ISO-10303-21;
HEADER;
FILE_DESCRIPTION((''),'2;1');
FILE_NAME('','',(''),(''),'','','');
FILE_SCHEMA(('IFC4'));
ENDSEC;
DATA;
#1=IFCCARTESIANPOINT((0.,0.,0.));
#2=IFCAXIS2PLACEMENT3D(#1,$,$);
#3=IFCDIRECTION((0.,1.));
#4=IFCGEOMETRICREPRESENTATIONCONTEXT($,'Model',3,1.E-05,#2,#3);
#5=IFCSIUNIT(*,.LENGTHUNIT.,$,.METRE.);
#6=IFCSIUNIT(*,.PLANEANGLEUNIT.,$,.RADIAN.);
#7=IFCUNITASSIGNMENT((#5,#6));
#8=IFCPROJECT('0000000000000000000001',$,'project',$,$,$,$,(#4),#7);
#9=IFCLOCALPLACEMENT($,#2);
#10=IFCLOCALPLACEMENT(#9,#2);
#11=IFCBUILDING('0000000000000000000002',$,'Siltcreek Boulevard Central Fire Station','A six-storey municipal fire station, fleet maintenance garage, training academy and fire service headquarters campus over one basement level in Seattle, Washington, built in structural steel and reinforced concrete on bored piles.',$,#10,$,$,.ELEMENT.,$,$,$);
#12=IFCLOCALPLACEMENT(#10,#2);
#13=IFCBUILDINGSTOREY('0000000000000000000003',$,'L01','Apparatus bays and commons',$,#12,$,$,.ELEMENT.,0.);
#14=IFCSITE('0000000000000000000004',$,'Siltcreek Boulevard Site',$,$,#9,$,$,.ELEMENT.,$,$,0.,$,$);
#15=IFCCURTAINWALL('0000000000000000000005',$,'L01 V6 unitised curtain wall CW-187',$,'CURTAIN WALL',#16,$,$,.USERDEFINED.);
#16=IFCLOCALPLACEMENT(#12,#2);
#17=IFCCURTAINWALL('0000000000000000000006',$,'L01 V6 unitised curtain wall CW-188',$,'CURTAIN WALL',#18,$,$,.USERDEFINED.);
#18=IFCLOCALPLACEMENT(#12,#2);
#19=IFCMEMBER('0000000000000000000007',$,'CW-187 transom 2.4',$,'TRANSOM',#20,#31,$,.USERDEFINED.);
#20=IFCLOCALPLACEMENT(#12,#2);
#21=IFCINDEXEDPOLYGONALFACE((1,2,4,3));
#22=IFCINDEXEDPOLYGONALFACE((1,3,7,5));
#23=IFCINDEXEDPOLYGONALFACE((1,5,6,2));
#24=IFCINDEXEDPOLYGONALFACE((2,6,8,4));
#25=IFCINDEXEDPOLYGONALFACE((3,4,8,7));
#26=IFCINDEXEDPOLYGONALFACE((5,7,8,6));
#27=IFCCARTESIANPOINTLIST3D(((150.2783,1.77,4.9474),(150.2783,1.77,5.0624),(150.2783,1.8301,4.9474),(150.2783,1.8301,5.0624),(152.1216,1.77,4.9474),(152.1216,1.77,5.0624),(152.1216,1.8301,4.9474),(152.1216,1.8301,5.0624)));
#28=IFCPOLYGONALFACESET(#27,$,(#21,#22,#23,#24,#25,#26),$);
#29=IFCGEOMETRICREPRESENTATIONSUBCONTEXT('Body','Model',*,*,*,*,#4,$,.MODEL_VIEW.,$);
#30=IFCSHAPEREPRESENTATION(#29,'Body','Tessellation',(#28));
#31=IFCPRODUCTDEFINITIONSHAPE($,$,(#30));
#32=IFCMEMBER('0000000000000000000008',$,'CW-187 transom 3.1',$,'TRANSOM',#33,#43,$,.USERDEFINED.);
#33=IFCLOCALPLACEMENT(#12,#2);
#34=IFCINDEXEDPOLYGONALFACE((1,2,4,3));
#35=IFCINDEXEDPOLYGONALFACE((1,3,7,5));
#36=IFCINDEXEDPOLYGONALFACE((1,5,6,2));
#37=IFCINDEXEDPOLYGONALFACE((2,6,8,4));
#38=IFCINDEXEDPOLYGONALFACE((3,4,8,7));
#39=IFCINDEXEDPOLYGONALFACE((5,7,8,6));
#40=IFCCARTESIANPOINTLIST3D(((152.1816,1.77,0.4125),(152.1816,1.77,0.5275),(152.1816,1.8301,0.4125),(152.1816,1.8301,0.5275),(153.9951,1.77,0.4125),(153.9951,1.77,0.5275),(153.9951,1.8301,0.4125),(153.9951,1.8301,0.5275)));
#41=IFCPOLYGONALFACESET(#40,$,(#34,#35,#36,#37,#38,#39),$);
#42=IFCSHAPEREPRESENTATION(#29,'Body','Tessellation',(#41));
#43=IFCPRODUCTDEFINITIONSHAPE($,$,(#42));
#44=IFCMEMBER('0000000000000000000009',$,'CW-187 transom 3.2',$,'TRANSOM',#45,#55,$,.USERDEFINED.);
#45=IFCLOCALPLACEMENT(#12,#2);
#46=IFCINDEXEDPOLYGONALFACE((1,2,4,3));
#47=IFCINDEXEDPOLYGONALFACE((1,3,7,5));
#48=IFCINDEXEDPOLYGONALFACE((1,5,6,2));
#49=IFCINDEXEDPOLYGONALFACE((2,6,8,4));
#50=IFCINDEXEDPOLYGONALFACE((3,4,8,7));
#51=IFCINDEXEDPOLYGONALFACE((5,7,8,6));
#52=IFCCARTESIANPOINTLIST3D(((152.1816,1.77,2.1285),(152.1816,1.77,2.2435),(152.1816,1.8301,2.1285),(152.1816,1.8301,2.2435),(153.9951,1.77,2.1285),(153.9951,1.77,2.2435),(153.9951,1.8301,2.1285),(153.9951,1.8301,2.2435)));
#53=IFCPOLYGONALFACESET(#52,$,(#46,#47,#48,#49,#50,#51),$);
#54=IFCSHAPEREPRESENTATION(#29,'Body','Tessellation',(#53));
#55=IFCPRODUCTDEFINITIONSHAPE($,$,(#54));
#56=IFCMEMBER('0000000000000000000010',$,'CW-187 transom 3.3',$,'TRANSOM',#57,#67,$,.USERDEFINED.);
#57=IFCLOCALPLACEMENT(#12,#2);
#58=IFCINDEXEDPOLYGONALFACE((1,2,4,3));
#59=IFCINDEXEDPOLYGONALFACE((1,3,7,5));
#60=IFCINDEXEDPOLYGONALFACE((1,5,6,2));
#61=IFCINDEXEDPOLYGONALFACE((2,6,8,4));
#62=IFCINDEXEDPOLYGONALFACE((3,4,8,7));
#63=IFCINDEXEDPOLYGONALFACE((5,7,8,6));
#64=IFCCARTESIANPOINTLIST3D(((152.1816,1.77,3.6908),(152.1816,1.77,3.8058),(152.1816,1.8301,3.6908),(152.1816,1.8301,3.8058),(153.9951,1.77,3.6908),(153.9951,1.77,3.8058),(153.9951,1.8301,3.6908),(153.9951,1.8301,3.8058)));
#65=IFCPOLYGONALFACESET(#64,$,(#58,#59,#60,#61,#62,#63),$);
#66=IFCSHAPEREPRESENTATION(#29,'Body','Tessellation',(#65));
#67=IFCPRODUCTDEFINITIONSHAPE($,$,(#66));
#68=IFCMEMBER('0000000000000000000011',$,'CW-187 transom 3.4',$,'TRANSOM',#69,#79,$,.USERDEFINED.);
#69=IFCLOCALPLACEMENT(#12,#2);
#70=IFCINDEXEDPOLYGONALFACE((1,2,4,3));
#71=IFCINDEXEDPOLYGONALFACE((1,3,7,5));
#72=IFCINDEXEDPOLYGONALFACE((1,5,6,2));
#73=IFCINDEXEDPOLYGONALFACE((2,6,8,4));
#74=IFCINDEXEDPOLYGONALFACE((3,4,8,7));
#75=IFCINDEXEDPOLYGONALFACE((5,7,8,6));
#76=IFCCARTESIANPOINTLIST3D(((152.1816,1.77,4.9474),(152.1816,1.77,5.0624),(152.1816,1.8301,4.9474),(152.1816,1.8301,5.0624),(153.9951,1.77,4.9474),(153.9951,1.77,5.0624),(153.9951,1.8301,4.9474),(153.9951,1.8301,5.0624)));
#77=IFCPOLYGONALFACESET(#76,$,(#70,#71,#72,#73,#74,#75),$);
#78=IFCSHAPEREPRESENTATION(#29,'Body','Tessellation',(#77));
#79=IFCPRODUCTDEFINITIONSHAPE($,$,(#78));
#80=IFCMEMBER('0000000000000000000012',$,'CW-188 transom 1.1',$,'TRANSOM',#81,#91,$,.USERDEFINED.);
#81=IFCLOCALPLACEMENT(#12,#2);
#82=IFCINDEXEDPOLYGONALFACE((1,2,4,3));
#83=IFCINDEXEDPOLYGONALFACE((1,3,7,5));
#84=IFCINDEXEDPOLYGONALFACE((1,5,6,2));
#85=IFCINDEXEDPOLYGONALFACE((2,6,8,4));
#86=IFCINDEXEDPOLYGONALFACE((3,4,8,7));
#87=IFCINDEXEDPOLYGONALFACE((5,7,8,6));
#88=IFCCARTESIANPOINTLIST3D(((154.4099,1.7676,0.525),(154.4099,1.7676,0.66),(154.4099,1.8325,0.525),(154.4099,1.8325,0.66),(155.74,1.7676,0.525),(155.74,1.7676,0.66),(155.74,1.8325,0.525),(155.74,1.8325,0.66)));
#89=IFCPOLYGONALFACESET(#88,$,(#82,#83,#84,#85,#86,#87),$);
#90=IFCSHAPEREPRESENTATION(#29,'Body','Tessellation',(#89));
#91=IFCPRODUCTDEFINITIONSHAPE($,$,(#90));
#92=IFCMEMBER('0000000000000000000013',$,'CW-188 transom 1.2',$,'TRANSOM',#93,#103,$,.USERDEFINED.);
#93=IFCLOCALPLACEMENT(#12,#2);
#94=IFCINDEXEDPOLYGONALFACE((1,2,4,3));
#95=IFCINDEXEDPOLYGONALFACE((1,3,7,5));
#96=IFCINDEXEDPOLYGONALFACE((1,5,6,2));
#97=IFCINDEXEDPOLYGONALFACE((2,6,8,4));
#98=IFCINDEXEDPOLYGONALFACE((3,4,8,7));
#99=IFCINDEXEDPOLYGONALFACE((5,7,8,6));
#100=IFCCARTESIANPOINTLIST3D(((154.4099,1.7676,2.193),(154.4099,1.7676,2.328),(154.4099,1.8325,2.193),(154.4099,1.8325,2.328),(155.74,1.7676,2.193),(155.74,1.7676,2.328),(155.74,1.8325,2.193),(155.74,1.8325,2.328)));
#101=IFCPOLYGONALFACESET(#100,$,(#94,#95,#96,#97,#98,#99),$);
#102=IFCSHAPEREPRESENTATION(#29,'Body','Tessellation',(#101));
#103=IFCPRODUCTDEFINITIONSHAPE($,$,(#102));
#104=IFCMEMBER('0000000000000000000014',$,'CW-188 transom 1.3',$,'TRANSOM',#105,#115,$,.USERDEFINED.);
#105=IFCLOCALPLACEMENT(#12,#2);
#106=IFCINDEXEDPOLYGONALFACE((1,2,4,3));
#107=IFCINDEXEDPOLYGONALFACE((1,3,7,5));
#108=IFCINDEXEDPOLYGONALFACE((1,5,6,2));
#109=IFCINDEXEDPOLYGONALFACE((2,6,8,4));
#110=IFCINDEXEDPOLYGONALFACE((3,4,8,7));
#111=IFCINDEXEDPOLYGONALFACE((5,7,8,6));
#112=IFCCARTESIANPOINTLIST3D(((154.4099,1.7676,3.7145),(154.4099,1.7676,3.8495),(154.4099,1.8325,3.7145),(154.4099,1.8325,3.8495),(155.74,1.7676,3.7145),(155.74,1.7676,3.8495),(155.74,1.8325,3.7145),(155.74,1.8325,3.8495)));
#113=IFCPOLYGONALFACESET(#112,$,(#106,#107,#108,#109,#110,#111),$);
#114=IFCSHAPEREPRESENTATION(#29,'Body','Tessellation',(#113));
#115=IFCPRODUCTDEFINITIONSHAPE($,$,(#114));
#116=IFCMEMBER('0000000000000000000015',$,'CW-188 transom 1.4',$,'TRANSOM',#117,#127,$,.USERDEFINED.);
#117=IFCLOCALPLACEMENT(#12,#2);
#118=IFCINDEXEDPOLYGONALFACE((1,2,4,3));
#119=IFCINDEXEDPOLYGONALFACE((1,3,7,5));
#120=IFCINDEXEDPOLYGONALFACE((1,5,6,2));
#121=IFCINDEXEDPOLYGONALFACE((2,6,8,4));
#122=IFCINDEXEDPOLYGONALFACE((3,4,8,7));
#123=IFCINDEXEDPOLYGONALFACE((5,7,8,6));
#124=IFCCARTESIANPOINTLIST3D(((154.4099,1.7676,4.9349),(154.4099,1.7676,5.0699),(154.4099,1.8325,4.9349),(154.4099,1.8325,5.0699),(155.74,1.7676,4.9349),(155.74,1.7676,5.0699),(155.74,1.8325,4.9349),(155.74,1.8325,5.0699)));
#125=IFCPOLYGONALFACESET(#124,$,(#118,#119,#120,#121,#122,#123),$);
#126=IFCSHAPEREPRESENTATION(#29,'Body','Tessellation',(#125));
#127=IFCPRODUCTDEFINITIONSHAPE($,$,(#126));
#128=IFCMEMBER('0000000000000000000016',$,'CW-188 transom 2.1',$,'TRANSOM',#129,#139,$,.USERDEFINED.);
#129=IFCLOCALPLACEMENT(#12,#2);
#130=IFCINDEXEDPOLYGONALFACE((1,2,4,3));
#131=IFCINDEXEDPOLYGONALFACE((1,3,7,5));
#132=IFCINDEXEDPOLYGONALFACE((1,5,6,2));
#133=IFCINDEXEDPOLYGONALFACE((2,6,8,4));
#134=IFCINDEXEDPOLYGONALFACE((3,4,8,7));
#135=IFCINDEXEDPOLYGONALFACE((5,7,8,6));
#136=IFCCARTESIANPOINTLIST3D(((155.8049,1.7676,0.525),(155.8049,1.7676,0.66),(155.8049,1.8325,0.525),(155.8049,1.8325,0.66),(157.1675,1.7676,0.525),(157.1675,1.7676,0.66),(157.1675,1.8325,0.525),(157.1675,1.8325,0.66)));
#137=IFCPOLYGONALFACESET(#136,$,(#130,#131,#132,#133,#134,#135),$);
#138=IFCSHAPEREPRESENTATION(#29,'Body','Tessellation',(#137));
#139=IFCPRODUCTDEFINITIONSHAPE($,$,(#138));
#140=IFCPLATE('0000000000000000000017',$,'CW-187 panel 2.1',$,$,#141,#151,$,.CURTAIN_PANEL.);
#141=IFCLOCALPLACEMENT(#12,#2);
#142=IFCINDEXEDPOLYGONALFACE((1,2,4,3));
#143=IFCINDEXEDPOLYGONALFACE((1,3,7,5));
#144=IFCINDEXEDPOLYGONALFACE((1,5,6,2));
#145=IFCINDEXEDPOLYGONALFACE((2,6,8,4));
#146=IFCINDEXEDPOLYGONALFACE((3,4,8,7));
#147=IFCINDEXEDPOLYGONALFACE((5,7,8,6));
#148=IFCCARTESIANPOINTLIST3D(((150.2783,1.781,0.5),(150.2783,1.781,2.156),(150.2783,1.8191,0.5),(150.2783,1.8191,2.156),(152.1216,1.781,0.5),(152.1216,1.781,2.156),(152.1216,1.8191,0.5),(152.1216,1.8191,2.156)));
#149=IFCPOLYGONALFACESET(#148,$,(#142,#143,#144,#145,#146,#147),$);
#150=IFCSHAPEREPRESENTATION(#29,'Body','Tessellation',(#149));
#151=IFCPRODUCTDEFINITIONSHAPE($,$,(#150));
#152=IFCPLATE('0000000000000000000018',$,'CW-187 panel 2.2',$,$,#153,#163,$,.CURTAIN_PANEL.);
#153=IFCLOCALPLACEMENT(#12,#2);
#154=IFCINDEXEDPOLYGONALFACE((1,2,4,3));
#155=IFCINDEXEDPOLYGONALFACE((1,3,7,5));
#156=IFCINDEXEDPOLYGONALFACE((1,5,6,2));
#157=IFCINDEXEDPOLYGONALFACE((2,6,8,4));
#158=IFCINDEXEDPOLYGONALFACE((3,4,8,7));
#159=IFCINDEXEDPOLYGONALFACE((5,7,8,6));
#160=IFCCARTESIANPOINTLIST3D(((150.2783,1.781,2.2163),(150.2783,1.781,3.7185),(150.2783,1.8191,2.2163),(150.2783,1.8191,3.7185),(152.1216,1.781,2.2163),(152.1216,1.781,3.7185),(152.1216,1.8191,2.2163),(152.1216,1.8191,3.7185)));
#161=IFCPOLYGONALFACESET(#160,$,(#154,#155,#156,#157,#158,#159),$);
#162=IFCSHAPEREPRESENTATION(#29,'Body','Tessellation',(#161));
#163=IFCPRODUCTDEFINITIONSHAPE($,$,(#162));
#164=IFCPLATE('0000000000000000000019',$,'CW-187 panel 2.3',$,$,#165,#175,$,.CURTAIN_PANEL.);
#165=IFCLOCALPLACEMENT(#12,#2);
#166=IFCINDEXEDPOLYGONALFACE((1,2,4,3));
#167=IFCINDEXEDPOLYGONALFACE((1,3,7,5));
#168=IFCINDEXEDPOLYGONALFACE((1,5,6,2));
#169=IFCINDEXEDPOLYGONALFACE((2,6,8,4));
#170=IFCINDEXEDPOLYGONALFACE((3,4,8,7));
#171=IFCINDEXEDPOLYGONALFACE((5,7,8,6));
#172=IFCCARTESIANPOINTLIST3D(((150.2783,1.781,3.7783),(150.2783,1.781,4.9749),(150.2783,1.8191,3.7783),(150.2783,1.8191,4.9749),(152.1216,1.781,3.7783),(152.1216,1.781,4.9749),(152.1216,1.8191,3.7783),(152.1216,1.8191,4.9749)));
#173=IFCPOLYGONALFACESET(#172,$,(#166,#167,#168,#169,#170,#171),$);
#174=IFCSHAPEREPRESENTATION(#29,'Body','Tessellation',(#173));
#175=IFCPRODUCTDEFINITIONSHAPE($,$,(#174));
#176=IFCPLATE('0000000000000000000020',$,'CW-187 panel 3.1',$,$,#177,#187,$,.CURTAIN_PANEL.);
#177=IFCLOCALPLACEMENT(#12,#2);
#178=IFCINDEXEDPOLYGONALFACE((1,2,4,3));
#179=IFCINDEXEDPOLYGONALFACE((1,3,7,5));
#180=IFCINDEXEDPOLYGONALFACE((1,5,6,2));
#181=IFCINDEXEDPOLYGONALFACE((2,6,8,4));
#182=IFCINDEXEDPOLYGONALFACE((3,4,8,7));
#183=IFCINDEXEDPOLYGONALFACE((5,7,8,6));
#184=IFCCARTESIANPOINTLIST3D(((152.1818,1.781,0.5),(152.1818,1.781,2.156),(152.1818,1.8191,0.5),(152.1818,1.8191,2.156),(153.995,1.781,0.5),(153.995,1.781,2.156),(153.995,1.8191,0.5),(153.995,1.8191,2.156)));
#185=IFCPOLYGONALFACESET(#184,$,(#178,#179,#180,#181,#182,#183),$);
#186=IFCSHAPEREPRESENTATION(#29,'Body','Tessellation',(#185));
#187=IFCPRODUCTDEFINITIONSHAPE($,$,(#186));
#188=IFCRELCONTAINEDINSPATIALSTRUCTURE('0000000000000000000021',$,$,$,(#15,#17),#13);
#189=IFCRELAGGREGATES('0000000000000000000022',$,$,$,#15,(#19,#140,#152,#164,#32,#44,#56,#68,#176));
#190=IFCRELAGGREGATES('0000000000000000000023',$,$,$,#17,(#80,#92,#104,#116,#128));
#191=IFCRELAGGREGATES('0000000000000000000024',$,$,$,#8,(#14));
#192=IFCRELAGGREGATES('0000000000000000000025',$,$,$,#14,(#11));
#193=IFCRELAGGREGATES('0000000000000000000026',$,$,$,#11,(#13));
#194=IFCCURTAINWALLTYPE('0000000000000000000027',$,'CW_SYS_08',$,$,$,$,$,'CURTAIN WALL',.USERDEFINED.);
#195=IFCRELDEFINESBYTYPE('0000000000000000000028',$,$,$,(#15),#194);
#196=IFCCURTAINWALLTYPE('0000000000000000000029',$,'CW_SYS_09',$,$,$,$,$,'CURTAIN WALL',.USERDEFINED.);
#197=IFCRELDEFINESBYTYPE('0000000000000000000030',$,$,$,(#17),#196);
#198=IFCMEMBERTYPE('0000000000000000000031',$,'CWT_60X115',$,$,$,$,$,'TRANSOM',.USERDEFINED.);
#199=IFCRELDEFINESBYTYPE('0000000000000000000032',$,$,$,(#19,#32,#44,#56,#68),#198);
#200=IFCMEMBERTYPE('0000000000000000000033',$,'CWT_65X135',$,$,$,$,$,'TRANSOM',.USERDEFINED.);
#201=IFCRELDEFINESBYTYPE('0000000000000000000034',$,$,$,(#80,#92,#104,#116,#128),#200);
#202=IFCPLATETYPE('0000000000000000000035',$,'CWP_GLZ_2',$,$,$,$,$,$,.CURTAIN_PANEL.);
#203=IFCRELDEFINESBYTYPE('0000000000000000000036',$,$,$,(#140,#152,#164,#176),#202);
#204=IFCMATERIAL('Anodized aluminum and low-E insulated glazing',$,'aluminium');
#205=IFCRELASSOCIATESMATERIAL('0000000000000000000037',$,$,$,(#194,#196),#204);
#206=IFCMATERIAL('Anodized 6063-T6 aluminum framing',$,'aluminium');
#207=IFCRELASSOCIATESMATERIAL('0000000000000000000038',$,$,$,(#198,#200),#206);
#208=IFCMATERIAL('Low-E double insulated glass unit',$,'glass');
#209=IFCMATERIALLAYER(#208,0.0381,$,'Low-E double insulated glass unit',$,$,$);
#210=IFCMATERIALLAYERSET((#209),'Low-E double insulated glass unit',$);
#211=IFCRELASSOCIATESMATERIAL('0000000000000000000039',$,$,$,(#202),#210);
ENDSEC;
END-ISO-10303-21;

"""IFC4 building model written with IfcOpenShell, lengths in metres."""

from ifc_helpers import new_model, si_unit, direction, frame, origin, origin_2d, place, context, subcontext, project, spatial, rectangle, extrude, material, layer, layer_set, material_profile, profile_set, type_object, element, aggregate, save


model = new_model("IFC4")

# Units and contexts
model_context = context("Model", 3, precision=1e-05, world=origin(), true_north=direction((0.0, 1.0)))
body_context = subcontext(model_context, "Body", "Model", "MODEL_VIEW")
ifc_project = project(units=[si_unit("LENGTHUNIT", "METRE"), si_unit("PLANEANGLEUNIT", "RADIAN")], contexts=[model_context])

# Site, building, storey
site_placement = place(None, origin())
site = spatial("IfcSite", under=ifc_project, at=site_placement, Name="Siltcreek Boulevard Site", CompositionType="ELEMENT", RefElevation=0.0)
building_placement = place(site_placement, origin())
building = spatial("IfcBuilding", under=site, at=building_placement, Name="Siltcreek Boulevard Central Fire Station", Description="A six-storey municipal fire station, fleet maintenance garage, training academy and fire service headquarters campus over one basement level in Seattle, Washington, built in structural steel and reinforced concrete on bored piles.", CompositionType="ELEMENT")
storey_placement = place(building_placement, origin())
storey = spatial("IfcBuildingStorey", under=building, at=storey_placement, Name="L01", Description="Apparatus bays and commons", CompositionType="ELEMENT", Elevation=0.0)

# Curtain walls
ifc_material_1 = material(Name="Anodized aluminum and low-E insulated glazing", Category="aluminium")
curtain_wall_type_1 = type_object("IfcCurtainWallType", Name="CW_SYS_08", ElementType="CURTAIN WALL", PredefinedType="USERDEFINED", material=ifc_material_1)
curtain_wall_1_placement = place(storey_placement, origin())
curtain_wall_1 = element("IfcCurtainWall", 1, at=curtain_wall_1_placement, inside=storey, type_object=curtain_wall_type_1, Name="L01 V6 unitised curtain wall CW-187", ObjectType="CURTAIN WALL", PredefinedType="USERDEFINED")
ifc_material_2 = material(Name="Anodized 6063-T6 aluminum framing", Category="aluminium")
curtain_wall_type_2 = type_object("IfcCurtainWallType", Name="CW_SYS_09", ElementType="CURTAIN WALL", PredefinedType="USERDEFINED", material=ifc_material_1)
curtain_wall_2_placement = place(storey_placement, origin())
curtain_wall_2 = element("IfcCurtainWall", 2, at=curtain_wall_2_placement, inside=storey, type_object=curtain_wall_type_2, Name="L01 V6 unitised curtain wall CW-188", ObjectType="CURTAIN WALL", PredefinedType="USERDEFINED")

# Members
ifc_material_profile_1 = material_profile(ifc_material_2, rectangle(XDim=0.0601, YDim=0.115, at=origin_2d()), Name="TRAN60X115")
ifc_profile_set_1 = profile_set([ifc_material_profile_1], Name="Anodized 6063-T6 aluminum framing")
member_type_1 = type_object("IfcMemberType", Name="CWT_60X115", ElementType="TRANSOM", PredefinedType="USERDEFINED", material=ifc_profile_set_1)
member_1_placement = place(storey_placement, frame((150.2783, 1.8, 5.0049), z_axis=(1.0, 0.0, 0.0), x_axis=(0.0, 1.0, 0.0)))
member_1 = element("IfcMember", 3, at=member_1_placement, type_object=member_type_1, Name="CW-187 transom 2.4", ObjectType="TRANSOM", PredefinedType="USERDEFINED", context=body_context, shape_type="SweptSolid", body=[
    extrude(rectangle(XDim=0.0601, YDim=0.115, at=origin_2d()), origin(), (0.0, 0.0, 1.0), 1.8433),
])
member_2_placement = place(storey_placement, frame((152.1816, 1.8, 0.47), z_axis=(1.0, 0.0, 0.0), x_axis=(0.0, 1.0, 0.0)))
member_2 = element("IfcMember", 4, at=member_2_placement, type_object=member_type_1, Name="CW-187 transom 3.1", ObjectType="TRANSOM", PredefinedType="USERDEFINED", context=body_context, shape_type="SweptSolid", body=[
    extrude(rectangle(XDim=0.0601, YDim=0.115, at=origin_2d()), origin(), (0.0, 0.0, 1.0), 1.8135),
])
member_3_placement = place(storey_placement, frame((152.1816, 1.8, 2.186), z_axis=(1.0, 0.0, 0.0), x_axis=(0.0, 1.0, 0.0)))
member_3 = element("IfcMember", 5, at=member_3_placement, type_object=member_type_1, Name="CW-187 transom 3.2", ObjectType="TRANSOM", PredefinedType="USERDEFINED", context=body_context, shape_type="SweptSolid", body=[
    extrude(rectangle(XDim=0.0601, YDim=0.115, at=origin_2d()), origin(), (0.0, 0.0, 1.0), 1.8135),
])
member_4_placement = place(storey_placement, frame((152.1816, 1.8, 3.7483), z_axis=(1.0, 0.0, 0.0), x_axis=(0.0, 1.0, 0.0)))
member_4 = element("IfcMember", 6, at=member_4_placement, type_object=member_type_1, Name="CW-187 transom 3.3", ObjectType="TRANSOM", PredefinedType="USERDEFINED", context=body_context, shape_type="SweptSolid", body=[
    extrude(rectangle(XDim=0.0601, YDim=0.115, at=origin_2d()), origin(), (0.0, 0.0, 1.0), 1.8135),
])
member_5_placement = place(storey_placement, frame((152.1816, 1.8, 5.0049), z_axis=(1.0, 0.0, 0.0), x_axis=(0.0, 1.0, 0.0)))
member_5 = element("IfcMember", 7, at=member_5_placement, type_object=member_type_1, Name="CW-187 transom 3.4", ObjectType="TRANSOM", PredefinedType="USERDEFINED", context=body_context, shape_type="SweptSolid", body=[
    extrude(rectangle(XDim=0.0601, YDim=0.115, at=origin_2d()), origin(), (0.0, 0.0, 1.0), 1.8135),
])
ifc_material_profile_2 = material_profile(ifc_material_2, rectangle(XDim=0.0649, YDim=0.135, at=origin_2d()), Name="TRAN65X135")
ifc_profile_set_2 = profile_set([ifc_material_profile_2], Name="Anodized 6063-T6 aluminum framing")
member_type_2 = type_object("IfcMemberType", Name="CWT_65X135", ElementType="TRANSOM", PredefinedType="USERDEFINED", material=ifc_profile_set_2)
member_6_placement = place(storey_placement, frame((154.4099, 1.8, 0.5925), z_axis=(1.0, 0.0, 0.0), x_axis=(0.0, 1.0, 0.0)))
member_6 = element("IfcMember", 8, at=member_6_placement, type_object=member_type_2, Name="CW-188 transom 1.1", ObjectType="TRANSOM", PredefinedType="USERDEFINED", context=body_context, shape_type="SweptSolid", body=[
    extrude(rectangle(XDim=0.0649, YDim=0.135, at=origin_2d()), origin(), (0.0, 0.0, 1.0), 1.3301),
])
member_7_placement = place(storey_placement, frame((154.4099, 1.8, 2.2605), z_axis=(1.0, 0.0, 0.0), x_axis=(0.0, 1.0, 0.0)))
member_7 = element("IfcMember", 9, at=member_7_placement, type_object=member_type_2, Name="CW-188 transom 1.2", ObjectType="TRANSOM", PredefinedType="USERDEFINED", context=body_context, shape_type="SweptSolid", body=[
    extrude(rectangle(XDim=0.0649, YDim=0.135, at=origin_2d()), origin(), (0.0, 0.0, 1.0), 1.3301),
])
member_8_placement = place(storey_placement, frame((154.4099, 1.8, 3.782), z_axis=(1.0, 0.0, 0.0), x_axis=(0.0, 1.0, 0.0)))
member_8 = element("IfcMember", 10, at=member_8_placement, type_object=member_type_2, Name="CW-188 transom 1.3", ObjectType="TRANSOM", PredefinedType="USERDEFINED", context=body_context, shape_type="SweptSolid", body=[
    extrude(rectangle(XDim=0.0649, YDim=0.135, at=origin_2d()), origin(), (0.0, 0.0, 1.0), 1.3301),
])
member_9_placement = place(storey_placement, frame((154.4099, 1.8, 5.0024), z_axis=(1.0, 0.0, 0.0), x_axis=(0.0, 1.0, 0.0)))
member_9 = element("IfcMember", 11, at=member_9_placement, type_object=member_type_2, Name="CW-188 transom 1.4", ObjectType="TRANSOM", PredefinedType="USERDEFINED", context=body_context, shape_type="SweptSolid", body=[
    extrude(rectangle(XDim=0.0649, YDim=0.135, at=origin_2d()), origin(), (0.0, 0.0, 1.0), 1.3301),
])
member_10_placement = place(storey_placement, frame((155.8049, 1.8, 0.5925), z_axis=(1.0, 0.0, 0.0), x_axis=(0.0, 1.0, 0.0)))
member_10 = element("IfcMember", 12, at=member_10_placement, type_object=member_type_2, Name="CW-188 transom 2.1", ObjectType="TRANSOM", PredefinedType="USERDEFINED", context=body_context, shape_type="SweptSolid", body=[
    extrude(rectangle(XDim=0.0649, YDim=0.135, at=origin_2d()), origin(), (0.0, 0.0, 1.0), 1.3625),
])

# Plates
ifc_material_3 = material(Name="Low-E double insulated glass unit", Category="glass")
ifc_layer_1 = layer(ifc_material_3, 0.0381, Name="Low-E double insulated glass unit")
ifc_layer_set_1 = layer_set([ifc_layer_1], Name="Low-E double insulated glass unit")
plate_type_1 = type_object("IfcPlateType", Name="CWP_GLZ_2", PredefinedType="CURTAIN_PANEL", material=ifc_layer_set_1)
plate_1_placement = place(storey_placement, frame((151.2, 1.8, 0.5), z_axis=(0.0, 0.0, 1.0), x_axis=(1.0, 0.0, 0.0)))
plate_1 = element("IfcPlate", 13, at=plate_1_placement, type_object=plate_type_1, Name="CW-187 panel 2.1", PredefinedType="CURTAIN_PANEL", context=body_context, shape_type="SweptSolid", body=[
    extrude(rectangle(XDim=1.8433, YDim=0.0381, at=origin_2d()), origin(), (0.0, 0.0, 1.0), 1.656),
])
plate_2_placement = place(storey_placement, frame((151.2, 1.8, 2.2163), z_axis=(0.0, 0.0, 1.0), x_axis=(1.0, 0.0, 0.0)))
plate_2 = element("IfcPlate", 14, at=plate_2_placement, type_object=plate_type_1, Name="CW-187 panel 2.2", PredefinedType="CURTAIN_PANEL", context=body_context, shape_type="SweptSolid", body=[
    extrude(rectangle(XDim=1.8433, YDim=0.0381, at=origin_2d()), origin(), (0.0, 0.0, 1.0), 1.5022),
])
plate_3_placement = place(storey_placement, frame((151.2, 1.8, 3.7783), z_axis=(0.0, 0.0, 1.0), x_axis=(1.0, 0.0, 0.0)))
plate_3 = element("IfcPlate", 15, at=plate_3_placement, type_object=plate_type_1, Name="CW-187 panel 2.3", PredefinedType="CURTAIN_PANEL", context=body_context, shape_type="SweptSolid", body=[
    extrude(rectangle(XDim=1.8433, YDim=0.0381, at=origin_2d()), origin(), (0.0, 0.0, 1.0), 1.1965),
])
plate_4_placement = place(storey_placement, frame((153.0884, 1.8, 0.5), z_axis=(0.0, 0.0, 1.0), x_axis=(1.0, 0.0, 0.0)))
plate_4 = element("IfcPlate", 16, at=plate_4_placement, type_object=plate_type_1, Name="CW-187 panel 3.1", PredefinedType="CURTAIN_PANEL", context=body_context, shape_type="SweptSolid", body=[
    extrude(rectangle(XDim=1.8132, YDim=0.0381, at=origin_2d()), origin(), (0.0, 0.0, 1.0), 1.656),
])
aggregate(curtain_wall_1, [member_1, plate_1, plate_2, plate_3, member_2, member_3, member_4, member_5, plate_4])
aggregate(curtain_wall_2, [member_6, member_7, member_8, member_9, member_10])

save(model, "model.ifc")
